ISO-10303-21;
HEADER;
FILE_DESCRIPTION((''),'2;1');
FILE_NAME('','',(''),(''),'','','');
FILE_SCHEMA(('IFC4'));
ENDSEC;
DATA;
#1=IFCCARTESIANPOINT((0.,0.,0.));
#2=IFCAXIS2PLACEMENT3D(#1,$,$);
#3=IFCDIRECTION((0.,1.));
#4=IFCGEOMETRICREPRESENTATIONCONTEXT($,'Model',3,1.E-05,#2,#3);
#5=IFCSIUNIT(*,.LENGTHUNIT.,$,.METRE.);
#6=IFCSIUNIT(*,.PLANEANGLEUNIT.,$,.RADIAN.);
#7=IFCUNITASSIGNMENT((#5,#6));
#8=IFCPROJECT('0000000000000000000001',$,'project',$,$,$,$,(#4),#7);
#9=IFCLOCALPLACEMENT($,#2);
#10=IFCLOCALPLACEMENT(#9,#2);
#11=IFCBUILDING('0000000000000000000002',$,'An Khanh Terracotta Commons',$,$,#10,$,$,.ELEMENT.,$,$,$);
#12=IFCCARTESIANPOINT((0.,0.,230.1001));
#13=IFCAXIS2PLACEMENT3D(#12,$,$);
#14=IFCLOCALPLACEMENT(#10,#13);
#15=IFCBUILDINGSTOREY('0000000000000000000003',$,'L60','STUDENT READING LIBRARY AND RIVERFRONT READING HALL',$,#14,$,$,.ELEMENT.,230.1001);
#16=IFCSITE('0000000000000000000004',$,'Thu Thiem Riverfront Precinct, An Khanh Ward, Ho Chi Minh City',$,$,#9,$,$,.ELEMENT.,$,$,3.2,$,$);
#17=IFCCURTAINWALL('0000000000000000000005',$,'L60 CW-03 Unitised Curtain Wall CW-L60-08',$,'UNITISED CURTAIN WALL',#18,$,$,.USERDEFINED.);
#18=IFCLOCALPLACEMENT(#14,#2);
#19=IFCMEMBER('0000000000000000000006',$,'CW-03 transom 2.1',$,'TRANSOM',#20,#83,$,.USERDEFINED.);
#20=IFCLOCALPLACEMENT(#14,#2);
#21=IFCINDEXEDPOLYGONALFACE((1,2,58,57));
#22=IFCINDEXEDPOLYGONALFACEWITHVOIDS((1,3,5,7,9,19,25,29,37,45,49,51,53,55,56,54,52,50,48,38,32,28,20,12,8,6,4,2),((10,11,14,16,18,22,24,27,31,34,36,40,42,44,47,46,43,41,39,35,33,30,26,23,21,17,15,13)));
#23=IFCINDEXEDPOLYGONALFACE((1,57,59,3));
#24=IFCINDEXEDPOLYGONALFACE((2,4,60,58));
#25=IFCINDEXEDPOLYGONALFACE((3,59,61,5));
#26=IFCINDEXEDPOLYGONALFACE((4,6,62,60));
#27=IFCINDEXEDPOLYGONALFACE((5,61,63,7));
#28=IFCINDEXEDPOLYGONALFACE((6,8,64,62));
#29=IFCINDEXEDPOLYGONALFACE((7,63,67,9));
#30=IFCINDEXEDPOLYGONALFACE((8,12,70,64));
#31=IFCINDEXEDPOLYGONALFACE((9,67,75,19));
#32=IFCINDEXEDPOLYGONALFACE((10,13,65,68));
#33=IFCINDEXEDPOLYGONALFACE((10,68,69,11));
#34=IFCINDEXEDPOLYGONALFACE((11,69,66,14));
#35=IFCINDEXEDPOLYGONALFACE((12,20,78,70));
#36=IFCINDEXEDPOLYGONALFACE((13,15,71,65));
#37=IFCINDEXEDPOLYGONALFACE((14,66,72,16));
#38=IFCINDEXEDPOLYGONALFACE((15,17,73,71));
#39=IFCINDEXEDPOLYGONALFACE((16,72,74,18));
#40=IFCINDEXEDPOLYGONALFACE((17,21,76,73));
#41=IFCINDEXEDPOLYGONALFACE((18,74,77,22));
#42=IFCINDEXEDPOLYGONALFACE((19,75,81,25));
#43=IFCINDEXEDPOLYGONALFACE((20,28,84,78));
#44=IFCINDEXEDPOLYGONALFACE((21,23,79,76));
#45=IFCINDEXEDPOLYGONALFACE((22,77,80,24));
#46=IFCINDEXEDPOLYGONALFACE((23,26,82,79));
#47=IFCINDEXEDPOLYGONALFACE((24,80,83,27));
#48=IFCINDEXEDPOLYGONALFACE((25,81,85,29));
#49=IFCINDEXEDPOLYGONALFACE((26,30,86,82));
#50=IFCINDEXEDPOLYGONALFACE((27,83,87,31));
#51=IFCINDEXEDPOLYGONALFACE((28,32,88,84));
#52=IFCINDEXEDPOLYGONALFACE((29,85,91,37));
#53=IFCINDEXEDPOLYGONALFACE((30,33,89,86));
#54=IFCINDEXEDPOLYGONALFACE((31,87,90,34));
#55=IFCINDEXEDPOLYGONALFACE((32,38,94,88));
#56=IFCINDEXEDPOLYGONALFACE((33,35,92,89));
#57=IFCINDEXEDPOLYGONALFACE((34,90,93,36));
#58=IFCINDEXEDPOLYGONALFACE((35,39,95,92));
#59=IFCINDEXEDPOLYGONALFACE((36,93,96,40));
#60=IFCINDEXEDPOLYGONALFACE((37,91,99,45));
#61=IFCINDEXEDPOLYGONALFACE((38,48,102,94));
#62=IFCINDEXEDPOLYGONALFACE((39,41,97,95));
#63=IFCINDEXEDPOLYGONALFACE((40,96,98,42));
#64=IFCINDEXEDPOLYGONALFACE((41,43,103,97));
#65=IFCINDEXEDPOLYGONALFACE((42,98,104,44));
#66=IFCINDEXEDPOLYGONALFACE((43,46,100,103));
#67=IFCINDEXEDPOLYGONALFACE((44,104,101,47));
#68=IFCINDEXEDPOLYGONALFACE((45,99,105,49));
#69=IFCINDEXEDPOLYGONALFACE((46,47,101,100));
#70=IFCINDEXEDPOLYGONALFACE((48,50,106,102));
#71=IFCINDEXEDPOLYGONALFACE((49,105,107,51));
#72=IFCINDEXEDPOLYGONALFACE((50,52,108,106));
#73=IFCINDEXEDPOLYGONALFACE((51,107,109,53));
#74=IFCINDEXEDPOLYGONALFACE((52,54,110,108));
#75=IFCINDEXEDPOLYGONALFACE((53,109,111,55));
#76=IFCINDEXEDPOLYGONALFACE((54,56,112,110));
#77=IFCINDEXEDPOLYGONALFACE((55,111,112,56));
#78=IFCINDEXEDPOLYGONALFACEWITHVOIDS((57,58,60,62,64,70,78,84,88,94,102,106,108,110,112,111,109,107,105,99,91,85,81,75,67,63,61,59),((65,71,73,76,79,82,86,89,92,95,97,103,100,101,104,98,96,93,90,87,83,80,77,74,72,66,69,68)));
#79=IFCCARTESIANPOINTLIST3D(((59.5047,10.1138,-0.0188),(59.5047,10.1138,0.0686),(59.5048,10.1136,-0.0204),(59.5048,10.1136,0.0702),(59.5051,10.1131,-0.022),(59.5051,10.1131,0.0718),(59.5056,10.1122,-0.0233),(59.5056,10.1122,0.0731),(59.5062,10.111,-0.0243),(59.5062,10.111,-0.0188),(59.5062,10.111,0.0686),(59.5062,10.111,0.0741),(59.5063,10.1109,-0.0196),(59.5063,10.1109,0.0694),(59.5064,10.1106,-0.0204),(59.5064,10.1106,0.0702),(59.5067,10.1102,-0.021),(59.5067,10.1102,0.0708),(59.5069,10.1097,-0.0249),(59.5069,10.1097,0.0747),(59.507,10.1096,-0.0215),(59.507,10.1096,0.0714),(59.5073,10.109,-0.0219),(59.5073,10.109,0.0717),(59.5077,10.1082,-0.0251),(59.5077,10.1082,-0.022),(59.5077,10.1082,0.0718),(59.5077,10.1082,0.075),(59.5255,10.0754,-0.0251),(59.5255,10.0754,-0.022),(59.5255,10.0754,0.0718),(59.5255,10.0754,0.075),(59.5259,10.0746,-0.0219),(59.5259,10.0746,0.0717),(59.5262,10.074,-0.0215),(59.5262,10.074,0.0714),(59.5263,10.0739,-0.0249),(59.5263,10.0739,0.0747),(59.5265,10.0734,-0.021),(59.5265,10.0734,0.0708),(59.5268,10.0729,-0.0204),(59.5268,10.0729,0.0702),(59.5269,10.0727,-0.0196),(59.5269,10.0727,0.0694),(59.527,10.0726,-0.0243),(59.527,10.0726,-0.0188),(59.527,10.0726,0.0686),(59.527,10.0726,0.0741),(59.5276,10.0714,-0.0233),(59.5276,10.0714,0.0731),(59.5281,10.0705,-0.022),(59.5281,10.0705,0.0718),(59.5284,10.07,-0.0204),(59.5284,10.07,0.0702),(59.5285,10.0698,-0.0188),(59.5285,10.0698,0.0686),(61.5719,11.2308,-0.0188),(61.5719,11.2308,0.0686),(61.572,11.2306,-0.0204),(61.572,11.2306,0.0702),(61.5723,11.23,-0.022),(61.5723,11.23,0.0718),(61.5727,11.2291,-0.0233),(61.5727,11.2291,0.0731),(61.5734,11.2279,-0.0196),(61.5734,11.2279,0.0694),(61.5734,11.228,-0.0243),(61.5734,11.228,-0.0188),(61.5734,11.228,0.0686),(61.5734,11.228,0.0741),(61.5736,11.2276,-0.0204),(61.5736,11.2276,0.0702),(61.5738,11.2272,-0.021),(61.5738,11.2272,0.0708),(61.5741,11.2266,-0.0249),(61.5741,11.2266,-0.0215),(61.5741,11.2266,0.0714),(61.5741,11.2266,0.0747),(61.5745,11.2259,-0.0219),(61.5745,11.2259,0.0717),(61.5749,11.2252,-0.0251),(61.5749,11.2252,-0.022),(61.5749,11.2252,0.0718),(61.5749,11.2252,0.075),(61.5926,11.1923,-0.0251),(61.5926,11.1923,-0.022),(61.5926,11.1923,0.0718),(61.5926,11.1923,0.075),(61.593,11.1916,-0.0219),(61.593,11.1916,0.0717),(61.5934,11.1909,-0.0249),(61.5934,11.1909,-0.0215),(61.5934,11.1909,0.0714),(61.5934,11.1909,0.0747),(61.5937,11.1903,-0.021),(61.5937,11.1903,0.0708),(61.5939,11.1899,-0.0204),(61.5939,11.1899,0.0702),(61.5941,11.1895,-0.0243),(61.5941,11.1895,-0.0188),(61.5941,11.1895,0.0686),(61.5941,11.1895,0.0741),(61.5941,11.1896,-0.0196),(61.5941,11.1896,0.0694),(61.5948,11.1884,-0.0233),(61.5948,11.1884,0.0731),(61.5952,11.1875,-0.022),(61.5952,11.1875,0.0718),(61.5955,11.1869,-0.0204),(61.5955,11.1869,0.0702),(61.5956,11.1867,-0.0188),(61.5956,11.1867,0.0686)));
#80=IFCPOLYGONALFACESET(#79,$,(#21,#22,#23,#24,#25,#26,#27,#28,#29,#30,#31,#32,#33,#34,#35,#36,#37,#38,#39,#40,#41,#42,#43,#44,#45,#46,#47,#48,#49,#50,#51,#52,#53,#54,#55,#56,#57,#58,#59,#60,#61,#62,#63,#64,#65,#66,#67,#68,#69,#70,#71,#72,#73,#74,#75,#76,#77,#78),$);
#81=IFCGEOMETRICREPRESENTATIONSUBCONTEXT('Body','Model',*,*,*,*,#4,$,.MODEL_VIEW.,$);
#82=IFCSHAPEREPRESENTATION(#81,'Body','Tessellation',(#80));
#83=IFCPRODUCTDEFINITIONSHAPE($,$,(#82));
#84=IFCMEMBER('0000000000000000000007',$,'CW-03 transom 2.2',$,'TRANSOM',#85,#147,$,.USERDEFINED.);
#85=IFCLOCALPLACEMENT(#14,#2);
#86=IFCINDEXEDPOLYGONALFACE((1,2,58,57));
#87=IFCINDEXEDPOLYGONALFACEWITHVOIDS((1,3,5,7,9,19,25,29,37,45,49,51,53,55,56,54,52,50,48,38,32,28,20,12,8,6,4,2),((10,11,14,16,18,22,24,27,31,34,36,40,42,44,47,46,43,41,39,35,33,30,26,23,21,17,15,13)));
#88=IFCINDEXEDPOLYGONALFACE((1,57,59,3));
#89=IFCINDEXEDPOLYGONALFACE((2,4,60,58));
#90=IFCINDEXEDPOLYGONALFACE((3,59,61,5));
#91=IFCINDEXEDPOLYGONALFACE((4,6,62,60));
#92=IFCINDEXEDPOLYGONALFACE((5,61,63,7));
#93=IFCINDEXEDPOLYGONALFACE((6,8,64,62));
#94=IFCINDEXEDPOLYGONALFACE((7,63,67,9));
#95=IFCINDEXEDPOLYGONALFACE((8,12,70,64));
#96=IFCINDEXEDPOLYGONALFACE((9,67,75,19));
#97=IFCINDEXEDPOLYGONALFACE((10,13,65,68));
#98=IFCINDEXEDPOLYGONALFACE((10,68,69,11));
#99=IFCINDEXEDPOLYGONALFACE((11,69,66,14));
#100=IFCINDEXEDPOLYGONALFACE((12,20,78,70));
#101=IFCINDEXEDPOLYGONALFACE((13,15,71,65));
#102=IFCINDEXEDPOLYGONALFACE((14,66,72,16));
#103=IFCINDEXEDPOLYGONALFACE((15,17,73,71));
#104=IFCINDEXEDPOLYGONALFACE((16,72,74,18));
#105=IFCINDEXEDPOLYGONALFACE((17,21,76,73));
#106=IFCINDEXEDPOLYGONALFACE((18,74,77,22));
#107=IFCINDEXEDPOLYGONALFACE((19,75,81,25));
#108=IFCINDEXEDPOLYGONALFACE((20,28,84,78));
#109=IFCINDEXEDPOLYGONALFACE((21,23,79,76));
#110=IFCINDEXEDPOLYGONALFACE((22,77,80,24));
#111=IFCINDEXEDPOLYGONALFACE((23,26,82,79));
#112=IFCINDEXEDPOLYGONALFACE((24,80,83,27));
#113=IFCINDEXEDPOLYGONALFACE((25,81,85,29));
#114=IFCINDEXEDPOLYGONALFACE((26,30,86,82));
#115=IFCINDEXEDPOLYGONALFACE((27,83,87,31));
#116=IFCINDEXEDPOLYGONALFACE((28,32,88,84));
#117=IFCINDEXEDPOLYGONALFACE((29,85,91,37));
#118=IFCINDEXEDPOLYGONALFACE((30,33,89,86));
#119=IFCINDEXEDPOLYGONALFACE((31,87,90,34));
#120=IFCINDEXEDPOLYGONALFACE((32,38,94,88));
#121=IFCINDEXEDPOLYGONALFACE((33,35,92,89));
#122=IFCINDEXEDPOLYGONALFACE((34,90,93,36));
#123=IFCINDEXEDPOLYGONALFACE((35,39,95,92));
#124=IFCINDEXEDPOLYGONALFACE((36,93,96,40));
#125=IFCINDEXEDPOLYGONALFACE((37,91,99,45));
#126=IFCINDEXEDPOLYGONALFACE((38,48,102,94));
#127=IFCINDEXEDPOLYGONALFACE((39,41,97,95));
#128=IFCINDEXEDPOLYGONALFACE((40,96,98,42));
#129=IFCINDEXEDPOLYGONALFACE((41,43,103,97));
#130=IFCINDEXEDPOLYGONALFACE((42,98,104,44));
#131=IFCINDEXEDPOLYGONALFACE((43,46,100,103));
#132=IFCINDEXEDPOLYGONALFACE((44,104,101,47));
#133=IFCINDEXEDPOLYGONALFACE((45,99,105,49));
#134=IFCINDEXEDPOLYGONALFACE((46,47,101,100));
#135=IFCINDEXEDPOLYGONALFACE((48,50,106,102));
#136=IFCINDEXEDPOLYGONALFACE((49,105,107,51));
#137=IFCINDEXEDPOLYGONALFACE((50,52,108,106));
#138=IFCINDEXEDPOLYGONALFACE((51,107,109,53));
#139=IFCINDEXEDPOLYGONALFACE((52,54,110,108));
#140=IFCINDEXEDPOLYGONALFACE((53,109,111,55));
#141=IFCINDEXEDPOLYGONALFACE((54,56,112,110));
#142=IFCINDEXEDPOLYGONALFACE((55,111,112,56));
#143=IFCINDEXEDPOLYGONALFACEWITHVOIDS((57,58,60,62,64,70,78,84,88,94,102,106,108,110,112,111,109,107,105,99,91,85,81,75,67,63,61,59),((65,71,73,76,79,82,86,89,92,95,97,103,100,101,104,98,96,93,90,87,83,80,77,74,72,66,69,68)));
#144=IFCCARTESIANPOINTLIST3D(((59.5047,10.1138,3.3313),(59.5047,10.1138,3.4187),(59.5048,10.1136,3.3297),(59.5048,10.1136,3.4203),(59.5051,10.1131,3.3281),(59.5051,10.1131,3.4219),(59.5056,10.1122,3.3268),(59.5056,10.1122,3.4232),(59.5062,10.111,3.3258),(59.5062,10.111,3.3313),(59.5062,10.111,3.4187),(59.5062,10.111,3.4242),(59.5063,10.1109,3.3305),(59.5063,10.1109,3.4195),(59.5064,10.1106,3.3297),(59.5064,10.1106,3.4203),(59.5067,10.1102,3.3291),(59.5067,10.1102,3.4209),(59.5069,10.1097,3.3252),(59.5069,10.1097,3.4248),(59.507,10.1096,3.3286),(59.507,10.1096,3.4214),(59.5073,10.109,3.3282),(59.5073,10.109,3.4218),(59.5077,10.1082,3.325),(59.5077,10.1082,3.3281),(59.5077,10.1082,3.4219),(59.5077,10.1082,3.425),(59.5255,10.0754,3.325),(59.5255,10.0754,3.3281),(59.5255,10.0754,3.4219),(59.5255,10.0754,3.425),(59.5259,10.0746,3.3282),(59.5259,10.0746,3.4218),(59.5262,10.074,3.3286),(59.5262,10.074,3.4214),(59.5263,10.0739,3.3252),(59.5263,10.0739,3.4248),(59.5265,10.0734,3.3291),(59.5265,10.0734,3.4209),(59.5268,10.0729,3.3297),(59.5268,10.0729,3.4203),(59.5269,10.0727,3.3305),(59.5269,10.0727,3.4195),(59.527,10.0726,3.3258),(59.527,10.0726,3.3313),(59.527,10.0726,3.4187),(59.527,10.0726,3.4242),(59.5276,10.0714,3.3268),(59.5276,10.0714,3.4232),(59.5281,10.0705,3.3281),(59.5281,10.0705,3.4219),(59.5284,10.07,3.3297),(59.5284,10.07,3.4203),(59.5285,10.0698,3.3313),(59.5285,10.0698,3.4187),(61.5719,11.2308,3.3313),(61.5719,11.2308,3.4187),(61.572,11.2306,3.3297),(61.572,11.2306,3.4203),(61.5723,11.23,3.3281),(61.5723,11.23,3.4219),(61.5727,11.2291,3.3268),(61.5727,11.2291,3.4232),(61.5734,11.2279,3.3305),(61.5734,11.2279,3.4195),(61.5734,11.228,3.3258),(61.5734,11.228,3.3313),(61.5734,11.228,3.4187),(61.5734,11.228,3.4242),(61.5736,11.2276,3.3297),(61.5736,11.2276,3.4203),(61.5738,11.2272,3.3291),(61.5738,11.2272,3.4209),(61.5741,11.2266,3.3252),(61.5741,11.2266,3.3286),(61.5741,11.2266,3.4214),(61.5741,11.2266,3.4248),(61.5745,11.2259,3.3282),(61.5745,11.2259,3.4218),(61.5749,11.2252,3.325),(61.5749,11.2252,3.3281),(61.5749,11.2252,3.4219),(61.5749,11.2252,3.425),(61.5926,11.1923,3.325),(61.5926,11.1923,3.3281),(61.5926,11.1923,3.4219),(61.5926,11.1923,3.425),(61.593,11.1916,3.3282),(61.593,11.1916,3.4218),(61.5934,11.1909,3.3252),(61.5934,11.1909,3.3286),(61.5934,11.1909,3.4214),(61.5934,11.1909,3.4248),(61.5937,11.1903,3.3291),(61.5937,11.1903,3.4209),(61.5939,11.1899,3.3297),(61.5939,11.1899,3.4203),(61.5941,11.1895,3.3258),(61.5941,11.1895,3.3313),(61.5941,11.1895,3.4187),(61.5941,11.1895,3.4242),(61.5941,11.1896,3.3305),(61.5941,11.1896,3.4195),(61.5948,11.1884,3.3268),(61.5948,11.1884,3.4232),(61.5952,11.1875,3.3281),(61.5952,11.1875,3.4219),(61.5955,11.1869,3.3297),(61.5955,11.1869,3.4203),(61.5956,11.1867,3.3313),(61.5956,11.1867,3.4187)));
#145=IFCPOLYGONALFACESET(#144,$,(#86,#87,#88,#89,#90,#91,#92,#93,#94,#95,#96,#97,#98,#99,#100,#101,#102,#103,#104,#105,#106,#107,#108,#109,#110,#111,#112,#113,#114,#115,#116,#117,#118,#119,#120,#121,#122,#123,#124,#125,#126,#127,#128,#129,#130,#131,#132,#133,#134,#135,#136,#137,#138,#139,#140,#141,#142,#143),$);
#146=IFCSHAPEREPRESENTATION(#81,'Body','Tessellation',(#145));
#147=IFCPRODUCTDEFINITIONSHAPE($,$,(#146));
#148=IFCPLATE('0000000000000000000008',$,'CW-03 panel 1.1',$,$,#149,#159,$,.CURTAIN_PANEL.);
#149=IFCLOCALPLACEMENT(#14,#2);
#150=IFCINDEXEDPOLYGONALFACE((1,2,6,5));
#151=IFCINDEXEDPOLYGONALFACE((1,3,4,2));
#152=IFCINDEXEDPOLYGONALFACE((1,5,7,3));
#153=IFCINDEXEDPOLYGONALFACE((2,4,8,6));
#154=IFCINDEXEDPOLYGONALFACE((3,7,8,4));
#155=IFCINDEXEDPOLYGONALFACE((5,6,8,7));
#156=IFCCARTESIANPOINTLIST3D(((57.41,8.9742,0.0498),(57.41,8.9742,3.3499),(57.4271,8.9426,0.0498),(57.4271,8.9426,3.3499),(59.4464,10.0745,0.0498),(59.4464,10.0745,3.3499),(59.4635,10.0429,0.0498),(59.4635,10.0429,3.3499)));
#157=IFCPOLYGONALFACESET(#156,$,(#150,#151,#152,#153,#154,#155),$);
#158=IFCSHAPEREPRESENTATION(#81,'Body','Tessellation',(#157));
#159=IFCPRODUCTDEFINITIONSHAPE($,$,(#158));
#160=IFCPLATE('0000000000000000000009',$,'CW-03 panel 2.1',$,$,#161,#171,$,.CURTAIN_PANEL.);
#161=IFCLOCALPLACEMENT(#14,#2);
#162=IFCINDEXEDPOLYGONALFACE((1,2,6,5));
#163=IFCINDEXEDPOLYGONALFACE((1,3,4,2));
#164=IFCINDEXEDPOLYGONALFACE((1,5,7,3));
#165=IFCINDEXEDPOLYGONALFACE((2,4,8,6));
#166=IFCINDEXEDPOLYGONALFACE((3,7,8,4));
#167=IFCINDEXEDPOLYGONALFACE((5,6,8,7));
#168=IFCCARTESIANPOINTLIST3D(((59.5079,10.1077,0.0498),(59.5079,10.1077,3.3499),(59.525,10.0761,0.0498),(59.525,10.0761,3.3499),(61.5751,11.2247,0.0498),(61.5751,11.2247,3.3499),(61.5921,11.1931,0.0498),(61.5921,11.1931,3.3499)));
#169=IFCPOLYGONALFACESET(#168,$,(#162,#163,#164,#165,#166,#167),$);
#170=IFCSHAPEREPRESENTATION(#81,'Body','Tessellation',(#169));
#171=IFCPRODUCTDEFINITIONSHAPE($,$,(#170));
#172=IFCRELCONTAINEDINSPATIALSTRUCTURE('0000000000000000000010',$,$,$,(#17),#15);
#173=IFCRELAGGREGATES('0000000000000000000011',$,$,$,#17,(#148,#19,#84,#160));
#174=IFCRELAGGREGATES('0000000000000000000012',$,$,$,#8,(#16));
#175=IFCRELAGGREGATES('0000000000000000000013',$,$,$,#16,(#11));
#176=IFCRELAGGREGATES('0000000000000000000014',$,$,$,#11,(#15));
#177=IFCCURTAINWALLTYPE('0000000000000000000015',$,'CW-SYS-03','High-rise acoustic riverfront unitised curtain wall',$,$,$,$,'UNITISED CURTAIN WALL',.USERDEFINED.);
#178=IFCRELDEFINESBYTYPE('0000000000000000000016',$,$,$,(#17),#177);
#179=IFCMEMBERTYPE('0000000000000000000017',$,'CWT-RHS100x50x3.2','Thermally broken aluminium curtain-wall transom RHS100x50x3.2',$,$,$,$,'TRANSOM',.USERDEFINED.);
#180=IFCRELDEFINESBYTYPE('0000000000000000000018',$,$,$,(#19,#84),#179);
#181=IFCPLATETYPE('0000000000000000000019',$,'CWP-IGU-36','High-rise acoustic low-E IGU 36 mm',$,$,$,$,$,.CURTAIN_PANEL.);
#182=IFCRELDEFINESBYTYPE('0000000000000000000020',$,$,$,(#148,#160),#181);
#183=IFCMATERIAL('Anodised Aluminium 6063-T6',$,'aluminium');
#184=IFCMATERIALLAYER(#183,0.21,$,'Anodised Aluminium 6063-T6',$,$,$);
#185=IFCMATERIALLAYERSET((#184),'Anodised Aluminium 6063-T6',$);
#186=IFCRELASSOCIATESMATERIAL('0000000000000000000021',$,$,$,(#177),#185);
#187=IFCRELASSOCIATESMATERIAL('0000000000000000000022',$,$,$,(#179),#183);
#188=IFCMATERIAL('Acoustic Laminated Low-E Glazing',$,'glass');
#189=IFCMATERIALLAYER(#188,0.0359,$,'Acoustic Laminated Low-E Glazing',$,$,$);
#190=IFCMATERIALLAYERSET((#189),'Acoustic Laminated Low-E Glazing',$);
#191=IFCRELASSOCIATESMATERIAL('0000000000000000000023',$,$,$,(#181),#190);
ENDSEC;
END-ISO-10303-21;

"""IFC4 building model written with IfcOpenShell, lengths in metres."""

from ifc_helpers import new_model, si_unit, direction, frame, origin, origin_2d, place, context, subcontext, project, spatial, rectangle, hollow_rectangle, extrude, material, layer, layer_set, material_profile, profile_set, type_object, element, aggregate, save


model = new_model("IFC4")

# Units and contexts
model_context = context("Model", 3, precision=1e-05, world=origin(), true_north=direction((0.0, 1.0)))
body_context = subcontext(model_context, "Body", "Model", "MODEL_VIEW")
ifc_project = project(units=[si_unit("LENGTHUNIT", "METRE"), si_unit("PLANEANGLEUNIT", "RADIAN")], contexts=[model_context])

# Site, building, storey
site_placement = place(None, origin())
site = spatial("IfcSite", under=ifc_project, at=site_placement, Name="Thu Thiem Riverfront Precinct, An Khanh Ward, Ho Chi Minh City", CompositionType="ELEMENT", RefElevation=3.2)
building_placement = place(site_placement, origin())
building = spatial("IfcBuilding", under=site, at=building_placement, Name="An Khanh Terracotta Commons", CompositionType="ELEMENT")
storey_placement = place(building_placement, frame((0.0, 0.0, 230.1001)))
storey = spatial("IfcBuildingStorey", under=building, at=storey_placement, Name="L60", Description="STUDENT READING LIBRARY AND RIVERFRONT READING HALL", CompositionType="ELEMENT", Elevation=230.1001)

# Curtain wall, members, plates
ifc_material_1 = material(Name="Anodised Aluminium 6063-T6", Category="aluminium")
ifc_layer_1 = layer(ifc_material_1, 0.21, Name="Anodised Aluminium 6063-T6")
ifc_layer_set_1 = layer_set([ifc_layer_1], Name="Anodised Aluminium 6063-T6")
curtain_wall_type = type_object("IfcCurtainWallType", Name="CW-SYS-03", Description="High-rise acoustic riverfront unitised curtain wall", ElementType="UNITISED CURTAIN WALL", PredefinedType="USERDEFINED", material=ifc_layer_set_1)
curtain_wall_placement = place(storey_placement, origin())
curtain_wall = element("IfcCurtainWall", 1, at=curtain_wall_placement, inside=storey, type_object=curtain_wall_type, Name="L60 CW-03 Unitised Curtain Wall CW-L60-08", ObjectType="UNITISED CURTAIN WALL", PredefinedType="USERDEFINED")
ifc_material_profile_1 = material_profile(ifc_material_1, hollow_rectangle(XDim=0.05, YDim=0.1001, WallThickness=0.0032, InnerFilletRadius=0.0032, OuterFilletRadius=0.0063, at=origin_2d()), Name="RHS100x50x3.2")
ifc_profile_set_1 = profile_set([ifc_material_profile_1], Name="Anodised Aluminium 6063-T6")
member_type_1 = type_object("IfcMemberType", Name="CWT-RHS100x50x3.2", Description="Thermally broken aluminium curtain-wall transom RHS100x50x3.2", ElementType="TRANSOM", PredefinedType="USERDEFINED", material=ifc_profile_set_1)
member_1_placement = place(storey_placement, frame((59.5166, 10.0918, 0.0249), z_axis=(0.879783, 0.475376, 0.0), x_axis=(-0.475376, 0.879783, 0.0)))
member_1 = element("IfcMember", 2, at=member_1_placement, type_object=member_type_1, Name="CW-03 transom 2.1", ObjectType="TRANSOM", PredefinedType="USERDEFINED", context=body_context, shape_type="SweptSolid", body=[
    extrude(hollow_rectangle(XDim=0.05, YDim=0.1001, WallThickness=0.0032, InnerFilletRadius=0.0032, OuterFilletRadius=0.0063, at=origin_2d()), origin(), (0.0, 0.0, 1.0), 2.3496),
])
member_2_placement = place(storey_placement, frame((59.5166, 10.0918, 3.375), z_axis=(0.879783, 0.475376, 0.0), x_axis=(-0.475376, 0.879783, 0.0)))
member_2 = element("IfcMember", 3, at=member_2_placement, type_object=member_type_1, Name="CW-03 transom 2.2", ObjectType="TRANSOM", PredefinedType="USERDEFINED", context=body_context, shape_type="SweptSolid", body=[
    extrude(hollow_rectangle(XDim=0.05, YDim=0.1001, WallThickness=0.0032, InnerFilletRadius=0.0032, OuterFilletRadius=0.0063, at=origin_2d()), origin(), (0.0, 0.0, 1.0), 2.3496),
])
ifc_material_2 = material(Name="Acoustic Laminated Low-E Glazing", Category="glass")
ifc_layer_2 = layer(ifc_material_2, 0.0359, Name="Acoustic Laminated Low-E Glazing")
ifc_layer_set_2 = layer_set([ifc_layer_2], Name="Acoustic Laminated Low-E Glazing")
plate_type = type_object("IfcPlateType", Name="CWP-IGU-36", Description="High-rise acoustic low-E IGU 36 mm", PredefinedType="CURTAIN_PANEL", material=ifc_layer_set_2)
plate_1_placement = place(storey_placement, frame((58.4368, 9.5085, 0.0498), z_axis=(0.0, 0.0, 1.0), x_axis=(0.87978, 0.475381, 0.0)))
plate_1 = element("IfcPlate", 4, at=plate_1_placement, type_object=plate_type, Name="CW-03 panel 1.1", PredefinedType="CURTAIN_PANEL", context=body_context, shape_type="SweptSolid", body=[
    extrude(rectangle(XDim=2.3147, YDim=0.0359, at=origin_2d()), origin(), (0.0, 0.0, 1.0), 3.3),
])
plate_2_placement = place(storey_placement, frame((60.55, 10.6504, 0.0498), z_axis=(0.0, 0.0, 1.0), x_axis=(0.87978, 0.475381, 0.0)))
plate_2 = element("IfcPlate", 5, at=plate_2_placement, type_object=plate_type, Name="CW-03 panel 2.1", PredefinedType="CURTAIN_PANEL", context=body_context, shape_type="SweptSolid", body=[
    extrude(rectangle(XDim=2.3496, YDim=0.0359, at=origin_2d()), origin(), (0.0, 0.0, 1.0), 3.3),
])
aggregate(curtain_wall, [plate_1, member_1, member_2, plate_2])

save(model, "model.ifc")
